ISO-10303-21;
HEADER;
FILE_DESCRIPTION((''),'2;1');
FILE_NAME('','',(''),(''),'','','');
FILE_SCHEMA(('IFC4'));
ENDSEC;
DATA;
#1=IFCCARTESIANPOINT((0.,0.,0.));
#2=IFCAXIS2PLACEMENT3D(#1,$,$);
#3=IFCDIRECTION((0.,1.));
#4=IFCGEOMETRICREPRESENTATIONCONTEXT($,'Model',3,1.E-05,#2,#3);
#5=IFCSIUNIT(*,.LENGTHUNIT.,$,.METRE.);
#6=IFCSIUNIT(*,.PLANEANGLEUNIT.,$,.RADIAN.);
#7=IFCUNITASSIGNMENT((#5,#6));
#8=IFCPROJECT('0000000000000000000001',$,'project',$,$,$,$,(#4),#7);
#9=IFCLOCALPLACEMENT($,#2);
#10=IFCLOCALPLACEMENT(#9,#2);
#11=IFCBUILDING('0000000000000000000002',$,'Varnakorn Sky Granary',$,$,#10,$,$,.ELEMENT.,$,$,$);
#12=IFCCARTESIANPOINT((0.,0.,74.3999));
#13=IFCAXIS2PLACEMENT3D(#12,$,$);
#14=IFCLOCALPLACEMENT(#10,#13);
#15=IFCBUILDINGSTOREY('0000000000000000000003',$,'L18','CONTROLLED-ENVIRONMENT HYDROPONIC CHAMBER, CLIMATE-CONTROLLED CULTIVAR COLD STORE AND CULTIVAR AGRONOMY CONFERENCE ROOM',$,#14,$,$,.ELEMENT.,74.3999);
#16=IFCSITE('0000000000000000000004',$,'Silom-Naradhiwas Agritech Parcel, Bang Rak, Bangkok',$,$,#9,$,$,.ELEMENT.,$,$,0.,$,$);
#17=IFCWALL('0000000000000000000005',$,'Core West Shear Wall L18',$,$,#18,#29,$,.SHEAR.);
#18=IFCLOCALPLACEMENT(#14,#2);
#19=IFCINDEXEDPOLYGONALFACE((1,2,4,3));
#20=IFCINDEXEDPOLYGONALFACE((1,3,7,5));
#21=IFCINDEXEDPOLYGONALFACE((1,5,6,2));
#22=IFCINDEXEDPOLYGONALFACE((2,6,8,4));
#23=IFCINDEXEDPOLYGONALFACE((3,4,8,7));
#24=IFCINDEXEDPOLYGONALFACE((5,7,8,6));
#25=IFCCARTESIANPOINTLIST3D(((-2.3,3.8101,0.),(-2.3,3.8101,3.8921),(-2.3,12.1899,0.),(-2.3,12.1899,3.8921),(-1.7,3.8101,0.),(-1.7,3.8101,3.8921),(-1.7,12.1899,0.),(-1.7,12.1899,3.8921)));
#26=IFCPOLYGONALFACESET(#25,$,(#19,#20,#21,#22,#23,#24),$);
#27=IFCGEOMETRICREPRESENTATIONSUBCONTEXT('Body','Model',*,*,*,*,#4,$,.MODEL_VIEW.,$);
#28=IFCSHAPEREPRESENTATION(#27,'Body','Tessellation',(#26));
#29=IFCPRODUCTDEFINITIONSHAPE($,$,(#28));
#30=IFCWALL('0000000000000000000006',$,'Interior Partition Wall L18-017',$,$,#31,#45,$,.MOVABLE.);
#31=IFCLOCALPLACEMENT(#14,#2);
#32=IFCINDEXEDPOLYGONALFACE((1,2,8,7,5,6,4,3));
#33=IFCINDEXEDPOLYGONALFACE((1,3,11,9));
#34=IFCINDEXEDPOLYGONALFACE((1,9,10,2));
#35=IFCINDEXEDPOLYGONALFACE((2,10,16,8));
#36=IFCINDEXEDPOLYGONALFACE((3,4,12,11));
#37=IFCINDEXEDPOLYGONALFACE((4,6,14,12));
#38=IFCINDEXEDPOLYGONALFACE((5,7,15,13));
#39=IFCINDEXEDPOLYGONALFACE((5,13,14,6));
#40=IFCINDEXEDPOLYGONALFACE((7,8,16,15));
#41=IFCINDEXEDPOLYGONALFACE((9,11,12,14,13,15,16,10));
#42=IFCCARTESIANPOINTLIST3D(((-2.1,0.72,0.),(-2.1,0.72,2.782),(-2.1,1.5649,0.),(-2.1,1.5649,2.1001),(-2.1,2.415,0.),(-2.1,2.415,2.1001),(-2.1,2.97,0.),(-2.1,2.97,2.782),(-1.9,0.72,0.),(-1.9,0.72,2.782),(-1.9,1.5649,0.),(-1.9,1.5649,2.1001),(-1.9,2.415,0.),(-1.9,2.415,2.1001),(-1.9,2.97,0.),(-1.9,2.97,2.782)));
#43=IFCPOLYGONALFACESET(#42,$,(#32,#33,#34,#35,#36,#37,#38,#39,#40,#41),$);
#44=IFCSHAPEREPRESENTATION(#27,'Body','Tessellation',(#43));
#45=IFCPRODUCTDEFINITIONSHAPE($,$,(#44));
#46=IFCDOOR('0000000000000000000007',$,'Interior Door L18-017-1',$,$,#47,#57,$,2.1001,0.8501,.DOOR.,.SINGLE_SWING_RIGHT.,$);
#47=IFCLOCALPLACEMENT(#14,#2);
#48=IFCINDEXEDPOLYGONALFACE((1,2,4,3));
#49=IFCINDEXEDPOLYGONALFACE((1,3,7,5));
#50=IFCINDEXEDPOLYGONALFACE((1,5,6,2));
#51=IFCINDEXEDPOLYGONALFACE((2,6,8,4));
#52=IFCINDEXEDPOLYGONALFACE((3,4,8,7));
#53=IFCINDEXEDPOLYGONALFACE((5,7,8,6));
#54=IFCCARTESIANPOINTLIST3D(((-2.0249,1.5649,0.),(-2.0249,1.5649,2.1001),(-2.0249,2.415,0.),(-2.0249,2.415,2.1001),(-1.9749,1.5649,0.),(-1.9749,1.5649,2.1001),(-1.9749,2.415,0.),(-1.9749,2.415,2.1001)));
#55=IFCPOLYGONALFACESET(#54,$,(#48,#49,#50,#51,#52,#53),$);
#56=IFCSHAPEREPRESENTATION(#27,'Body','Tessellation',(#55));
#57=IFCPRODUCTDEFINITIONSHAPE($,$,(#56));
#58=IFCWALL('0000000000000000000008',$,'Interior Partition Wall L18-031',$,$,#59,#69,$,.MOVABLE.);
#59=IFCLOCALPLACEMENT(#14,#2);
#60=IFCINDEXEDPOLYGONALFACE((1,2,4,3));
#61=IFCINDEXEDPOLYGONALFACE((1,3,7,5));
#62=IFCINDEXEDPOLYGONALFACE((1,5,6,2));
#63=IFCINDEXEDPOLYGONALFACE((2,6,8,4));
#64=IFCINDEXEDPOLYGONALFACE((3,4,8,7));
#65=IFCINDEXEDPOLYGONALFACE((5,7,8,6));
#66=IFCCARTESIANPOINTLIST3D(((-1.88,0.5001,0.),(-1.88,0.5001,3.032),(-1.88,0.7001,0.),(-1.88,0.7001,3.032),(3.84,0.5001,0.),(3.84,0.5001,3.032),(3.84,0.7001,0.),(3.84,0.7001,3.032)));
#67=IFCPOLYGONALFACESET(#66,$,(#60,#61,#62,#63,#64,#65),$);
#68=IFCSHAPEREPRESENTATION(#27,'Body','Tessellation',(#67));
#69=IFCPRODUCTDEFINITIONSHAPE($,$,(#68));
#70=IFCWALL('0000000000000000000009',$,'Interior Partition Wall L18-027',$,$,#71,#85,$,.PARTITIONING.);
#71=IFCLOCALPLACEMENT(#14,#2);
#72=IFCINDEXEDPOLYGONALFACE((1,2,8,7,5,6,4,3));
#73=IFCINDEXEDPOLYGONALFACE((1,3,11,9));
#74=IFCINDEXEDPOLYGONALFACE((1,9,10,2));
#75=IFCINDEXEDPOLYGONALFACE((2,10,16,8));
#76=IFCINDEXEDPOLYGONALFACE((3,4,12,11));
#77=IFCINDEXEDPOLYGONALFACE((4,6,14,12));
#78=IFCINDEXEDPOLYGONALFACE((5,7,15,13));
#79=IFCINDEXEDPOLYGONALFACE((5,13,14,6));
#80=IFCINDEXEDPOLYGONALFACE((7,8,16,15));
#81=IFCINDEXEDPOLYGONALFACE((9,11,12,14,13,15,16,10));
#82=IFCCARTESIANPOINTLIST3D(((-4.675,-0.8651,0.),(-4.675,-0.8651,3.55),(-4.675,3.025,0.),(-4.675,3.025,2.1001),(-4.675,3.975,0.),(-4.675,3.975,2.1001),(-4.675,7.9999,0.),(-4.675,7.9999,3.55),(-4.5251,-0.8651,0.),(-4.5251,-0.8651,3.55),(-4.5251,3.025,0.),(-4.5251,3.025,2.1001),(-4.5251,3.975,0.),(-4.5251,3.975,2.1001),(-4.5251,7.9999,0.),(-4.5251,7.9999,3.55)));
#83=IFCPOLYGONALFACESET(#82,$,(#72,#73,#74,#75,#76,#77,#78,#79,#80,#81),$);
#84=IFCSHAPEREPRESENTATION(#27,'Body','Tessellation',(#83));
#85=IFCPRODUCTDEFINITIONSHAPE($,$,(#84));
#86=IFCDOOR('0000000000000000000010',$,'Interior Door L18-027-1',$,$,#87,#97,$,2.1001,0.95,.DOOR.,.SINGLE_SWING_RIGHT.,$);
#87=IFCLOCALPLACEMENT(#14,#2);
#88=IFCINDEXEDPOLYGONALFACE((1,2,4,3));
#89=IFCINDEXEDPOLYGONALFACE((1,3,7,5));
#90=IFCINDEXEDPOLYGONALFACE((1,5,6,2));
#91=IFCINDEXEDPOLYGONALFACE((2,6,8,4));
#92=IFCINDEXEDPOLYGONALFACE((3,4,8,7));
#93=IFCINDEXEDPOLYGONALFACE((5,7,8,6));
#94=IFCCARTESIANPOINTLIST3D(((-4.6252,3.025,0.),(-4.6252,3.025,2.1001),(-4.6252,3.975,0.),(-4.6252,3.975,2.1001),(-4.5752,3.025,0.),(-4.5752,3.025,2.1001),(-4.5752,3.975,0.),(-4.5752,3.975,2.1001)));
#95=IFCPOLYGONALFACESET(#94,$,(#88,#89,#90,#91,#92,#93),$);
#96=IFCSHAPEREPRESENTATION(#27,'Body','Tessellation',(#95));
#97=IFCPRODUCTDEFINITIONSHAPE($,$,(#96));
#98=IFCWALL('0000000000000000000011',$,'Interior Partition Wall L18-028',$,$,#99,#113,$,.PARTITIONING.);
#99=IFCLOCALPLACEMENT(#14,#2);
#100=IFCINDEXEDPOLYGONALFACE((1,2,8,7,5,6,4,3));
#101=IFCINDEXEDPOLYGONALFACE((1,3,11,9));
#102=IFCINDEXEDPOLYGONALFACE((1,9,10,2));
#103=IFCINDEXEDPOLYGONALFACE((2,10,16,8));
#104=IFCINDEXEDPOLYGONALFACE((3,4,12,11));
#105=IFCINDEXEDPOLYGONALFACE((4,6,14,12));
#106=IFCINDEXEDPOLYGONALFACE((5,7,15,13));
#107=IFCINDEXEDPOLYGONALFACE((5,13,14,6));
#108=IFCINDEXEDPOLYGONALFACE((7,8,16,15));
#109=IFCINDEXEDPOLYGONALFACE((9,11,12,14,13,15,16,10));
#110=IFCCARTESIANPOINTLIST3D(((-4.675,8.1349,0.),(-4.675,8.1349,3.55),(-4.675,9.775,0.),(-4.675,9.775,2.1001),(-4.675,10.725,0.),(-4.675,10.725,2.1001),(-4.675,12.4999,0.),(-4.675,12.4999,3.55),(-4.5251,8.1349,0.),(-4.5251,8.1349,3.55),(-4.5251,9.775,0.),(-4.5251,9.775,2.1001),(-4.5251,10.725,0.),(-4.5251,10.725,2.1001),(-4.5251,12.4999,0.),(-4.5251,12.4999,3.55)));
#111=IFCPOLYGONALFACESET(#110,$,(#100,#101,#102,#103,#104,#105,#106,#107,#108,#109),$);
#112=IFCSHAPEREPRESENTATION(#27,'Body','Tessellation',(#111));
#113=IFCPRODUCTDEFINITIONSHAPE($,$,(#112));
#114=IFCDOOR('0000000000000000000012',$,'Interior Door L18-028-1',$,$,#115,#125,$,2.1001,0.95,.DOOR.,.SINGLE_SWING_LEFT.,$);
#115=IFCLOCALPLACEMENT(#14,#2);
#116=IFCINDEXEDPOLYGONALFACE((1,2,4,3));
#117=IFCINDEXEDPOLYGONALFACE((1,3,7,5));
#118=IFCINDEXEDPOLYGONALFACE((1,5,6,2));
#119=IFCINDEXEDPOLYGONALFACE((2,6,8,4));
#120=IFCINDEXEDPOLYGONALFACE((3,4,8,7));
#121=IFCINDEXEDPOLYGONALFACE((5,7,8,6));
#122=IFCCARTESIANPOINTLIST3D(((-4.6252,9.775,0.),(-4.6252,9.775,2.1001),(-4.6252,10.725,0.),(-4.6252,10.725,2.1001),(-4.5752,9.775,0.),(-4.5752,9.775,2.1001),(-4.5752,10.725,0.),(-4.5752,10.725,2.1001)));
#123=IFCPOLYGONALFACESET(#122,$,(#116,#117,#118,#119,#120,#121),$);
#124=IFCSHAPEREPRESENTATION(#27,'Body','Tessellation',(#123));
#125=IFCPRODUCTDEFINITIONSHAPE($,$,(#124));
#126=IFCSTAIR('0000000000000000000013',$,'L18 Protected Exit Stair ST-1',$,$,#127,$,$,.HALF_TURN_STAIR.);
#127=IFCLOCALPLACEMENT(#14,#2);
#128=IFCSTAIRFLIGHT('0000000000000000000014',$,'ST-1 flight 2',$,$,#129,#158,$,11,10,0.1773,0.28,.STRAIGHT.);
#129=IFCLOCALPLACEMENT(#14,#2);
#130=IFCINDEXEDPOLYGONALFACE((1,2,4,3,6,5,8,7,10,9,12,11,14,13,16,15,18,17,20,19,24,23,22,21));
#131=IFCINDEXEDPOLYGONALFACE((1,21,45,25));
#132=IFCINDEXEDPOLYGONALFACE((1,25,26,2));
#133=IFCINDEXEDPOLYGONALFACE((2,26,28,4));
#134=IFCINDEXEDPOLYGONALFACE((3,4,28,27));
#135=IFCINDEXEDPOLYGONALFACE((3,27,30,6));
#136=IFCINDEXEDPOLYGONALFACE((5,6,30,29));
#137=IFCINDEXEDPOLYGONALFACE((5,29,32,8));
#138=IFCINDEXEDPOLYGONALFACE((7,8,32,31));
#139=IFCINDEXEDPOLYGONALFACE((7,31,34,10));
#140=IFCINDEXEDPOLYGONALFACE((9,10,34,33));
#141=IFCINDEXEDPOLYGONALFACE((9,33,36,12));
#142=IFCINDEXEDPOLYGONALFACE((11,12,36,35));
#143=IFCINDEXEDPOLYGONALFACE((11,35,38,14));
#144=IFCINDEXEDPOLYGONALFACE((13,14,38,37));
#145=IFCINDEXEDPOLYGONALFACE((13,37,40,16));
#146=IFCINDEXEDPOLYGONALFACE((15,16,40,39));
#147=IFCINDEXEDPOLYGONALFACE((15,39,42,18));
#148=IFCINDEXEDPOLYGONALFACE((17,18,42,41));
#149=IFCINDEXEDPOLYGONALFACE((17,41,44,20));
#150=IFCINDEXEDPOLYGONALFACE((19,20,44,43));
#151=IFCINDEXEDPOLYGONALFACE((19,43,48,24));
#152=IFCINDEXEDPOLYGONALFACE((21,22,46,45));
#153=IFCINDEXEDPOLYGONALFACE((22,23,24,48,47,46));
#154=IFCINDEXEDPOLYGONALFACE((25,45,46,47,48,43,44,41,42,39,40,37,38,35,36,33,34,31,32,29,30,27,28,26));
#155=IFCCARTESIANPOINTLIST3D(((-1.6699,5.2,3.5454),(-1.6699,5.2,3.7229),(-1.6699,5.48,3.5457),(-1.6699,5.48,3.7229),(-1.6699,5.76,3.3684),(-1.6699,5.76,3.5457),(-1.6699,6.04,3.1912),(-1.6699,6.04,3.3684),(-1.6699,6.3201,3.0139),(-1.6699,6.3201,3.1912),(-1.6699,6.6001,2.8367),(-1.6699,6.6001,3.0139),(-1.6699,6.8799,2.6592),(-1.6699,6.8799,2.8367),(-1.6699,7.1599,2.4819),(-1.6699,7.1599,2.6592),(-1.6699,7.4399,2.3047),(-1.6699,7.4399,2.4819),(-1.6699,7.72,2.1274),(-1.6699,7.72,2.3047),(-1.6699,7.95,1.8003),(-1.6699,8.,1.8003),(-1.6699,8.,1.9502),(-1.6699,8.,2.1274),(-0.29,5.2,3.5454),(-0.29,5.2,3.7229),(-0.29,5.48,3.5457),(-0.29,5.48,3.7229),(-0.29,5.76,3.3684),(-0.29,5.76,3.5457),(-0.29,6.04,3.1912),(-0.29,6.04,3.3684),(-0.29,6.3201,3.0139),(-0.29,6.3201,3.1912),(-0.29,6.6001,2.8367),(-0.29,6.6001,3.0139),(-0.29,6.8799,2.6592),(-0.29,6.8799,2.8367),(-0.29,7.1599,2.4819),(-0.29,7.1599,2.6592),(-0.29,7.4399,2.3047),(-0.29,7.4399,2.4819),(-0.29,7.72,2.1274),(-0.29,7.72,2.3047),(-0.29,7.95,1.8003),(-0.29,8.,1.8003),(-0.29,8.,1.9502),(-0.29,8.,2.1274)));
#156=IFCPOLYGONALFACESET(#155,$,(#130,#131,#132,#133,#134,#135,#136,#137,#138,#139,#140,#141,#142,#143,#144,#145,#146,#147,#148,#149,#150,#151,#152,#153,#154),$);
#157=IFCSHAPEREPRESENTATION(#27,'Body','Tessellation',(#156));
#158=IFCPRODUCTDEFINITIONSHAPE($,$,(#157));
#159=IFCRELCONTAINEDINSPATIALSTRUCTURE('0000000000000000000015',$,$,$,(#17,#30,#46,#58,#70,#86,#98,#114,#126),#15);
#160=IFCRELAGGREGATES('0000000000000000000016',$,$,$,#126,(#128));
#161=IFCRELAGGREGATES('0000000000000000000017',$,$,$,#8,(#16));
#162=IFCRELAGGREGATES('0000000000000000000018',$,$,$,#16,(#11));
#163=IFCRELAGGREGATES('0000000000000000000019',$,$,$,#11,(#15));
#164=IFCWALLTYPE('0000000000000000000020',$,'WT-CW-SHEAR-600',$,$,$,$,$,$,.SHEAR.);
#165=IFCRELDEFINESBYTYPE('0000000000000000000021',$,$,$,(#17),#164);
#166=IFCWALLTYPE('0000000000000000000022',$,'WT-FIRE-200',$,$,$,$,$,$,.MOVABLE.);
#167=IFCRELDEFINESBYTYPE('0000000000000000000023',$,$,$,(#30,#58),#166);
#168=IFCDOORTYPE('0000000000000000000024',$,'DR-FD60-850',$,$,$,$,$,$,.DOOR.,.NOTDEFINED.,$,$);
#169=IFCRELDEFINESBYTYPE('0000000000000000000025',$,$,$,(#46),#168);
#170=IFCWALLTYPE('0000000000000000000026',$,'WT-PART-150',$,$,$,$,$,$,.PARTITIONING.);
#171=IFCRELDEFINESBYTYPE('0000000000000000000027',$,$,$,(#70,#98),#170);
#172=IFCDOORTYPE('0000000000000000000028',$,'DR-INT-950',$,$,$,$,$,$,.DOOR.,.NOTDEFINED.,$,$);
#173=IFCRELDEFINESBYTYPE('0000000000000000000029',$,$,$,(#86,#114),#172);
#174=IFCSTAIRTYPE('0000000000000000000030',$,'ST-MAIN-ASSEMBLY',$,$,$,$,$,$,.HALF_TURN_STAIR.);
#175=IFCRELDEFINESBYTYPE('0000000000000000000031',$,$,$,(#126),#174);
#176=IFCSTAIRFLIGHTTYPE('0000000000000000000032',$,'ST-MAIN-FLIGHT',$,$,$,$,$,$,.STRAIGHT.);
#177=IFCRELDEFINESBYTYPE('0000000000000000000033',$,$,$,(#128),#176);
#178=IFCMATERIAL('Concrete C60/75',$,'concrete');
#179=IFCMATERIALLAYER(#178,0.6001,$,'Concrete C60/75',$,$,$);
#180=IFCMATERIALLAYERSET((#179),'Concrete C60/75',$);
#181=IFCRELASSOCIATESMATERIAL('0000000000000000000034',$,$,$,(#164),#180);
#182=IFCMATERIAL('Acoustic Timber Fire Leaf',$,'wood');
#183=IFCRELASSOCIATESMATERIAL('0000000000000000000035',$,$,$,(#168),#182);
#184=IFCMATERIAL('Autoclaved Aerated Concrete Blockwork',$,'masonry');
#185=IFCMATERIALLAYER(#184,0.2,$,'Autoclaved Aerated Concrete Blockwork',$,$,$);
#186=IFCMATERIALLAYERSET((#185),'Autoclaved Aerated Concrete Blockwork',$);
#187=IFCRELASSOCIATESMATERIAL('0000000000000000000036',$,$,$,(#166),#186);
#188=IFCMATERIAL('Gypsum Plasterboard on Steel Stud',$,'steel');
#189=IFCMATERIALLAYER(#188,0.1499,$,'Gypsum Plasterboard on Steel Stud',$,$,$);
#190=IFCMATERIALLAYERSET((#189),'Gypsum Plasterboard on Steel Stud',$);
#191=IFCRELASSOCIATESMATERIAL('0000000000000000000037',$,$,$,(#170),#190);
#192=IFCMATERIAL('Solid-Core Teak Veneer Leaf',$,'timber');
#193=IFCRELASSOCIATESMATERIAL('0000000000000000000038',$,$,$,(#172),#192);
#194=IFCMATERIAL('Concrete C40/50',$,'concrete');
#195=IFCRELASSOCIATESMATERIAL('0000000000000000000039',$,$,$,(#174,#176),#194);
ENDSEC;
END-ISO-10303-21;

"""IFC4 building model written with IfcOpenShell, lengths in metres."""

from ifc_helpers import new_model, si_unit, direction, frame, frame_2d, origin, place, context, subcontext, project, spatial, polyline, rectangle, outline, extrude, material, layer, layer_set, type_object, element, fill, aggregate, save


model = new_model("IFC4")

# Units and contexts
model_context = context("Model", 3, precision=1e-05, world=origin(), true_north=direction((0.0, 1.0)))
body_context = subcontext(model_context, "Body", "Model", "MODEL_VIEW")
ifc_project = project(units=[si_unit("LENGTHUNIT", "METRE"), si_unit("PLANEANGLEUNIT", "RADIAN")], contexts=[model_context])

# Site, building, storey
site_placement = place(None, origin())
site = spatial("IfcSite", under=ifc_project, at=site_placement, Name="Silom-Naradhiwas Agritech Parcel, Bang Rak, Bangkok", CompositionType="ELEMENT", RefElevation=0.0)
building_placement = place(site_placement, origin())
building = spatial("IfcBuilding", under=site, at=building_placement, Name="Varnakorn Sky Granary", CompositionType="ELEMENT")
storey_placement = place(building_placement, frame((0.0, 0.0, 74.3999)))
storey = spatial("IfcBuildingStorey", under=building, at=storey_placement, Name="L18", Description="CONTROLLED-ENVIRONMENT HYDROPONIC CHAMBER, CLIMATE-CONTROLLED CULTIVAR COLD STORE AND CULTIVAR AGRONOMY CONFERENCE ROOM", CompositionType="ELEMENT", Elevation=74.3999)

# Shared definitions
ifc_material_1 = material(Name="Concrete C60/75", Category="concrete")

# Shared definitions
ifc_layer_1 = layer(ifc_material_1, 0.6001, Name="Concrete C60/75")
ifc_layer_set_1 = layer_set([ifc_layer_1], Name="Concrete C60/75")
wall_type_1 = type_object("IfcWallType", Name="WT-CW-SHEAR-600", PredefinedType="SHEAR", material=ifc_layer_set_1)

# Shared definitions
ifc_material_2 = material(Name="Acoustic Timber Fire Leaf", Category="wood")
door_type_1 = type_object("IfcDoorType", Name="DR-FD60-850", OperationType="NOTDEFINED", PredefinedType="DOOR", material=ifc_material_2)

# Wall
wall_1_placement = place(storey_placement, frame((-2.0, 3.8101, 0.0), z_axis=(0.0, 0.0, 1.0), x_axis=(0.0, 1.0, 0.0)))
element("IfcWall", 1, at=wall_1_placement, inside=storey, type_object=wall_type_1, Name="Core West Shear Wall L18", PredefinedType="SHEAR", context=body_context, shape_type="SweptSolid", body=[
    extrude(rectangle(XDim=8.3799, YDim=0.6001, at=frame_2d((4.1899, 0.0))), origin(), (0.0, 0.0, 1.0), 3.8921),
])

# Wall, opening, door
ifc_material_3 = material(Name="Autoclaved Aerated Concrete Blockwork", Category="masonry")
ifc_layer_2 = layer(ifc_material_3, 0.2, Name="Autoclaved Aerated Concrete Blockwork")
ifc_layer_set_2 = layer_set([ifc_layer_2], Name="Autoclaved Aerated Concrete Blockwork")
wall_type_2 = type_object("IfcWallType", Name="WT-FIRE-200", PredefinedType="MOVABLE", material=ifc_layer_set_2)
wall_2_placement = place(storey_placement, frame((-2.0, 0.72, 0.0), z_axis=(0.0, 0.0, 1.0), x_axis=(0.0, 1.0, 0.0)))
wall_2 = element("IfcWall", 2, at=wall_2_placement, inside=storey, type_object=wall_type_2, Name="Interior Partition Wall L18-017", PredefinedType="MOVABLE", context=body_context, shape_type="SweptSolid", body=[
    extrude(rectangle(XDim=2.25, YDim=0.2, at=frame_2d((1.125, 0.0))), origin(), (0.0, 0.0, 1.0), 2.782),
])
opening_1_placement = place(wall_2_placement, frame((0.845, 0.0, 0.0)))
opening_1 = element("IfcOpeningElement", 3, at=opening_1_placement, cuts=wall_2, PredefinedType="OPENING", context=body_context, shape_type="SweptSolid", body=[
    extrude(rectangle(XDim=0.8501, YDim=2.1001, at=frame_2d((0.425, 1.05))), frame((0.0, 0.1099, 0.0), z_axis=(0.0, -1.0, 0.0), x_axis=(1.0, 0.0, 0.0)), (0.0, 0.0, 1.0), 0.22),
])
door_1_placement = place(opening_1_placement, origin())
door_1 = element("IfcDoor", 4, at=door_1_placement, inside=storey, type_object=door_type_1, Name="Interior Door L18-017-1", OperationType="SINGLE_SWING_RIGHT", OverallHeight=2.1001, OverallWidth=0.8501, PredefinedType="DOOR", context=body_context, shape_type="SweptSolid", body=[
    extrude(rectangle(XDim=0.8501, YDim=2.1001, at=frame_2d((0.425, 1.05))), frame((0.0, 0.0249, 0.0), z_axis=(0.0, -1.0, 0.0), x_axis=(1.0, 0.0, 0.0)), (0.0, 0.0, 1.0), 0.05),
])
fill(opening_1, door_1)

# Wall
wall_3_placement = place(storey_placement, frame((-1.8799, 0.6001, 0.0), z_axis=(0.0, 0.0, 1.0), x_axis=(1.0, 0.0, 0.0)))
element("IfcWall", 5, at=wall_3_placement, inside=storey, type_object=wall_type_2, Name="Interior Partition Wall L18-031", PredefinedType="MOVABLE", context=body_context, shape_type="SweptSolid", body=[
    extrude(rectangle(XDim=5.72, YDim=0.2, at=frame_2d((2.8599, 0.0))), origin(), (0.0, 0.0, 1.0), 3.032),
])

# Walls, openings, doors
ifc_material_4 = material(Name="Gypsum Plasterboard on Steel Stud", Category="steel")
ifc_layer_3 = layer(ifc_material_4, 0.1499, Name="Gypsum Plasterboard on Steel Stud")
ifc_layer_set_3 = layer_set([ifc_layer_3], Name="Gypsum Plasterboard on Steel Stud")
wall_type_3 = type_object("IfcWallType", Name="WT-PART-150", PredefinedType="PARTITIONING", material=ifc_layer_set_3)
wall_4_placement = place(storey_placement, frame((-4.6001, 8.0, 0.0), z_axis=(0.0, 0.0, 1.0), x_axis=(0.0, -1.0, 0.0)))
wall_4 = element("IfcWall", 6, at=wall_4_placement, inside=storey, type_object=wall_type_3, Name="Interior Partition Wall L18-027", PredefinedType="PARTITIONING", context=body_context, shape_type="SweptSolid", body=[
    extrude(rectangle(XDim=8.865, YDim=0.1499, at=frame_2d((4.4326, 0.0))), origin(), (0.0, 0.0, 1.0), 3.55),
])
opening_2_placement = place(wall_4_placement, frame((4.0249, 0.0, 0.0)))
opening_2 = element("IfcOpeningElement", 7, at=opening_2_placement, cuts=wall_4, PredefinedType="OPENING", context=body_context, shape_type="SweptSolid", body=[
    extrude(rectangle(XDim=0.95, YDim=2.1001, at=frame_2d((0.4751, 1.05))), frame((0.0, 0.085, 0.0), z_axis=(0.0, -1.0, 0.0), x_axis=(1.0, 0.0, 0.0)), (0.0, 0.0, 1.0), 0.1699),
])
ifc_material_5 = material(Name="Solid-Core Teak Veneer Leaf", Category="timber")
door_type_2 = type_object("IfcDoorType", Name="DR-INT-950", OperationType="NOTDEFINED", PredefinedType="DOOR", material=ifc_material_5)
door_2_placement = place(opening_2_placement, origin())
door_2 = element("IfcDoor", 8, at=door_2_placement, inside=storey, type_object=door_type_2, Name="Interior Door L18-027-1", OperationType="SINGLE_SWING_RIGHT", OverallHeight=2.1001, OverallWidth=0.95, PredefinedType="DOOR", context=body_context, shape_type="SweptSolid", body=[
    extrude(rectangle(XDim=0.95, YDim=2.1001, at=frame_2d((0.4751, 1.05))), frame((0.0, 0.0249, 0.0), z_axis=(0.0, -1.0, 0.0), x_axis=(1.0, 0.0, 0.0)), (0.0, 0.0, 1.0), 0.05),
])
fill(opening_2, door_2)
wall_5_placement = place(storey_placement, frame((-4.6001, 12.5, 0.0), z_axis=(0.0, 0.0, 1.0), x_axis=(0.0, -1.0, 0.0)))
wall_5 = element("IfcWall", 9, at=wall_5_placement, inside=storey, type_object=wall_type_3, Name="Interior Partition Wall L18-028", PredefinedType="PARTITIONING", context=body_context, shape_type="SweptSolid", body=[
    extrude(rectangle(XDim=4.365, YDim=0.1499, at=frame_2d((2.1826, 0.0))), origin(), (0.0, 0.0, 1.0), 3.55),
])
opening_3_placement = place(wall_5_placement, frame((1.7749, 0.0, 0.0)))
opening_3 = element("IfcOpeningElement", 10, at=opening_3_placement, cuts=wall_5, PredefinedType="OPENING", context=body_context, shape_type="SweptSolid", body=[
    extrude(rectangle(XDim=0.95, YDim=2.1001, at=frame_2d((0.4751, 1.05))), frame((0.0, 0.085, 0.0), z_axis=(0.0, -1.0, 0.0), x_axis=(1.0, 0.0, 0.0)), (0.0, 0.0, 1.0), 0.1699),
])
door_3_placement = place(opening_3_placement, origin())
door_3 = element("IfcDoor", 11, at=door_3_placement, inside=storey, type_object=door_type_2, Name="Interior Door L18-028-1", OperationType="SINGLE_SWING_LEFT", OverallHeight=2.1001, OverallWidth=0.95, PredefinedType="DOOR", context=body_context, shape_type="SweptSolid", body=[
    extrude(rectangle(XDim=0.95, YDim=2.1001, at=frame_2d((0.4751, 1.05))), frame((0.0, 0.0249, 0.0), z_axis=(0.0, -1.0, 0.0), x_axis=(1.0, 0.0, 0.0)), (0.0, 0.0, 1.0), 0.05),
])
fill(opening_3, door_3)

# Stair, stair flight
ifc_material_6 = material(Name="Concrete C40/50", Category="concrete")
stair_type = type_object("IfcStairType", Name="ST-MAIN-ASSEMBLY", PredefinedType="HALF_TURN_STAIR", material=ifc_material_6)
stair_placement = place(storey_placement, origin())
stair = element("IfcStair", 12, at=stair_placement, inside=storey, type_object=stair_type, Name="L18 Protected Exit Stair ST-1", PredefinedType="HALF_TURN_STAIR")
stair_flight_type = type_object("IfcStairFlightType", Name="ST-MAIN-FLIGHT", PredefinedType="STRAIGHT", material=ifc_material_6)
stair_flight_placement = place(storey_placement, frame((-0.98, 8.0, 1.9502), z_axis=(0.0, 0.0, 1.0), x_axis=(0.0, -1.0, 0.0)))
stair_flight = element("IfcStairFlight", 13, at=stair_flight_placement, type_object=stair_flight_type, Name="ST-1 flight 2", NumberOfRisers=11, NumberOfTreads=10, PredefinedType="STRAIGHT", RiserHeight=0.1773, TreadLength=0.28, context=body_context, shape_type="SweptSolid", body=[
    extrude(outline(polyline([(0.0, -0.1499), (0.0, 0.0), (0.0, 0.1772), (0.28, 0.1772), (0.28, 0.3545), (0.5601, 0.3545), (0.5601, 0.5317), (0.8401, 0.5317), (0.8401, 0.709), (1.1201, 0.709), (1.1201, 0.8865), (1.3999, 0.8865), (1.3999, 1.0637), (1.6799, 1.0637), (1.6799, 1.241), (1.96, 1.241), (1.96, 1.4182), (2.24, 1.4182), (2.24, 1.5955), (2.52, 1.5955), (2.52, 1.7727), (2.8, 1.7727), (2.8, 1.95), (2.8, 1.5952), (0.05, -0.1499), (0.0, -0.1499)])), frame((0.0, 0.6899, 0.0), z_axis=(0.0, -1.0, 0.0), x_axis=(1.0, 0.0, 0.0)), (0.0, 0.0, 1.0), 1.3799),
])
aggregate(stair, [stair_flight])

save(model, "model.ifc")
